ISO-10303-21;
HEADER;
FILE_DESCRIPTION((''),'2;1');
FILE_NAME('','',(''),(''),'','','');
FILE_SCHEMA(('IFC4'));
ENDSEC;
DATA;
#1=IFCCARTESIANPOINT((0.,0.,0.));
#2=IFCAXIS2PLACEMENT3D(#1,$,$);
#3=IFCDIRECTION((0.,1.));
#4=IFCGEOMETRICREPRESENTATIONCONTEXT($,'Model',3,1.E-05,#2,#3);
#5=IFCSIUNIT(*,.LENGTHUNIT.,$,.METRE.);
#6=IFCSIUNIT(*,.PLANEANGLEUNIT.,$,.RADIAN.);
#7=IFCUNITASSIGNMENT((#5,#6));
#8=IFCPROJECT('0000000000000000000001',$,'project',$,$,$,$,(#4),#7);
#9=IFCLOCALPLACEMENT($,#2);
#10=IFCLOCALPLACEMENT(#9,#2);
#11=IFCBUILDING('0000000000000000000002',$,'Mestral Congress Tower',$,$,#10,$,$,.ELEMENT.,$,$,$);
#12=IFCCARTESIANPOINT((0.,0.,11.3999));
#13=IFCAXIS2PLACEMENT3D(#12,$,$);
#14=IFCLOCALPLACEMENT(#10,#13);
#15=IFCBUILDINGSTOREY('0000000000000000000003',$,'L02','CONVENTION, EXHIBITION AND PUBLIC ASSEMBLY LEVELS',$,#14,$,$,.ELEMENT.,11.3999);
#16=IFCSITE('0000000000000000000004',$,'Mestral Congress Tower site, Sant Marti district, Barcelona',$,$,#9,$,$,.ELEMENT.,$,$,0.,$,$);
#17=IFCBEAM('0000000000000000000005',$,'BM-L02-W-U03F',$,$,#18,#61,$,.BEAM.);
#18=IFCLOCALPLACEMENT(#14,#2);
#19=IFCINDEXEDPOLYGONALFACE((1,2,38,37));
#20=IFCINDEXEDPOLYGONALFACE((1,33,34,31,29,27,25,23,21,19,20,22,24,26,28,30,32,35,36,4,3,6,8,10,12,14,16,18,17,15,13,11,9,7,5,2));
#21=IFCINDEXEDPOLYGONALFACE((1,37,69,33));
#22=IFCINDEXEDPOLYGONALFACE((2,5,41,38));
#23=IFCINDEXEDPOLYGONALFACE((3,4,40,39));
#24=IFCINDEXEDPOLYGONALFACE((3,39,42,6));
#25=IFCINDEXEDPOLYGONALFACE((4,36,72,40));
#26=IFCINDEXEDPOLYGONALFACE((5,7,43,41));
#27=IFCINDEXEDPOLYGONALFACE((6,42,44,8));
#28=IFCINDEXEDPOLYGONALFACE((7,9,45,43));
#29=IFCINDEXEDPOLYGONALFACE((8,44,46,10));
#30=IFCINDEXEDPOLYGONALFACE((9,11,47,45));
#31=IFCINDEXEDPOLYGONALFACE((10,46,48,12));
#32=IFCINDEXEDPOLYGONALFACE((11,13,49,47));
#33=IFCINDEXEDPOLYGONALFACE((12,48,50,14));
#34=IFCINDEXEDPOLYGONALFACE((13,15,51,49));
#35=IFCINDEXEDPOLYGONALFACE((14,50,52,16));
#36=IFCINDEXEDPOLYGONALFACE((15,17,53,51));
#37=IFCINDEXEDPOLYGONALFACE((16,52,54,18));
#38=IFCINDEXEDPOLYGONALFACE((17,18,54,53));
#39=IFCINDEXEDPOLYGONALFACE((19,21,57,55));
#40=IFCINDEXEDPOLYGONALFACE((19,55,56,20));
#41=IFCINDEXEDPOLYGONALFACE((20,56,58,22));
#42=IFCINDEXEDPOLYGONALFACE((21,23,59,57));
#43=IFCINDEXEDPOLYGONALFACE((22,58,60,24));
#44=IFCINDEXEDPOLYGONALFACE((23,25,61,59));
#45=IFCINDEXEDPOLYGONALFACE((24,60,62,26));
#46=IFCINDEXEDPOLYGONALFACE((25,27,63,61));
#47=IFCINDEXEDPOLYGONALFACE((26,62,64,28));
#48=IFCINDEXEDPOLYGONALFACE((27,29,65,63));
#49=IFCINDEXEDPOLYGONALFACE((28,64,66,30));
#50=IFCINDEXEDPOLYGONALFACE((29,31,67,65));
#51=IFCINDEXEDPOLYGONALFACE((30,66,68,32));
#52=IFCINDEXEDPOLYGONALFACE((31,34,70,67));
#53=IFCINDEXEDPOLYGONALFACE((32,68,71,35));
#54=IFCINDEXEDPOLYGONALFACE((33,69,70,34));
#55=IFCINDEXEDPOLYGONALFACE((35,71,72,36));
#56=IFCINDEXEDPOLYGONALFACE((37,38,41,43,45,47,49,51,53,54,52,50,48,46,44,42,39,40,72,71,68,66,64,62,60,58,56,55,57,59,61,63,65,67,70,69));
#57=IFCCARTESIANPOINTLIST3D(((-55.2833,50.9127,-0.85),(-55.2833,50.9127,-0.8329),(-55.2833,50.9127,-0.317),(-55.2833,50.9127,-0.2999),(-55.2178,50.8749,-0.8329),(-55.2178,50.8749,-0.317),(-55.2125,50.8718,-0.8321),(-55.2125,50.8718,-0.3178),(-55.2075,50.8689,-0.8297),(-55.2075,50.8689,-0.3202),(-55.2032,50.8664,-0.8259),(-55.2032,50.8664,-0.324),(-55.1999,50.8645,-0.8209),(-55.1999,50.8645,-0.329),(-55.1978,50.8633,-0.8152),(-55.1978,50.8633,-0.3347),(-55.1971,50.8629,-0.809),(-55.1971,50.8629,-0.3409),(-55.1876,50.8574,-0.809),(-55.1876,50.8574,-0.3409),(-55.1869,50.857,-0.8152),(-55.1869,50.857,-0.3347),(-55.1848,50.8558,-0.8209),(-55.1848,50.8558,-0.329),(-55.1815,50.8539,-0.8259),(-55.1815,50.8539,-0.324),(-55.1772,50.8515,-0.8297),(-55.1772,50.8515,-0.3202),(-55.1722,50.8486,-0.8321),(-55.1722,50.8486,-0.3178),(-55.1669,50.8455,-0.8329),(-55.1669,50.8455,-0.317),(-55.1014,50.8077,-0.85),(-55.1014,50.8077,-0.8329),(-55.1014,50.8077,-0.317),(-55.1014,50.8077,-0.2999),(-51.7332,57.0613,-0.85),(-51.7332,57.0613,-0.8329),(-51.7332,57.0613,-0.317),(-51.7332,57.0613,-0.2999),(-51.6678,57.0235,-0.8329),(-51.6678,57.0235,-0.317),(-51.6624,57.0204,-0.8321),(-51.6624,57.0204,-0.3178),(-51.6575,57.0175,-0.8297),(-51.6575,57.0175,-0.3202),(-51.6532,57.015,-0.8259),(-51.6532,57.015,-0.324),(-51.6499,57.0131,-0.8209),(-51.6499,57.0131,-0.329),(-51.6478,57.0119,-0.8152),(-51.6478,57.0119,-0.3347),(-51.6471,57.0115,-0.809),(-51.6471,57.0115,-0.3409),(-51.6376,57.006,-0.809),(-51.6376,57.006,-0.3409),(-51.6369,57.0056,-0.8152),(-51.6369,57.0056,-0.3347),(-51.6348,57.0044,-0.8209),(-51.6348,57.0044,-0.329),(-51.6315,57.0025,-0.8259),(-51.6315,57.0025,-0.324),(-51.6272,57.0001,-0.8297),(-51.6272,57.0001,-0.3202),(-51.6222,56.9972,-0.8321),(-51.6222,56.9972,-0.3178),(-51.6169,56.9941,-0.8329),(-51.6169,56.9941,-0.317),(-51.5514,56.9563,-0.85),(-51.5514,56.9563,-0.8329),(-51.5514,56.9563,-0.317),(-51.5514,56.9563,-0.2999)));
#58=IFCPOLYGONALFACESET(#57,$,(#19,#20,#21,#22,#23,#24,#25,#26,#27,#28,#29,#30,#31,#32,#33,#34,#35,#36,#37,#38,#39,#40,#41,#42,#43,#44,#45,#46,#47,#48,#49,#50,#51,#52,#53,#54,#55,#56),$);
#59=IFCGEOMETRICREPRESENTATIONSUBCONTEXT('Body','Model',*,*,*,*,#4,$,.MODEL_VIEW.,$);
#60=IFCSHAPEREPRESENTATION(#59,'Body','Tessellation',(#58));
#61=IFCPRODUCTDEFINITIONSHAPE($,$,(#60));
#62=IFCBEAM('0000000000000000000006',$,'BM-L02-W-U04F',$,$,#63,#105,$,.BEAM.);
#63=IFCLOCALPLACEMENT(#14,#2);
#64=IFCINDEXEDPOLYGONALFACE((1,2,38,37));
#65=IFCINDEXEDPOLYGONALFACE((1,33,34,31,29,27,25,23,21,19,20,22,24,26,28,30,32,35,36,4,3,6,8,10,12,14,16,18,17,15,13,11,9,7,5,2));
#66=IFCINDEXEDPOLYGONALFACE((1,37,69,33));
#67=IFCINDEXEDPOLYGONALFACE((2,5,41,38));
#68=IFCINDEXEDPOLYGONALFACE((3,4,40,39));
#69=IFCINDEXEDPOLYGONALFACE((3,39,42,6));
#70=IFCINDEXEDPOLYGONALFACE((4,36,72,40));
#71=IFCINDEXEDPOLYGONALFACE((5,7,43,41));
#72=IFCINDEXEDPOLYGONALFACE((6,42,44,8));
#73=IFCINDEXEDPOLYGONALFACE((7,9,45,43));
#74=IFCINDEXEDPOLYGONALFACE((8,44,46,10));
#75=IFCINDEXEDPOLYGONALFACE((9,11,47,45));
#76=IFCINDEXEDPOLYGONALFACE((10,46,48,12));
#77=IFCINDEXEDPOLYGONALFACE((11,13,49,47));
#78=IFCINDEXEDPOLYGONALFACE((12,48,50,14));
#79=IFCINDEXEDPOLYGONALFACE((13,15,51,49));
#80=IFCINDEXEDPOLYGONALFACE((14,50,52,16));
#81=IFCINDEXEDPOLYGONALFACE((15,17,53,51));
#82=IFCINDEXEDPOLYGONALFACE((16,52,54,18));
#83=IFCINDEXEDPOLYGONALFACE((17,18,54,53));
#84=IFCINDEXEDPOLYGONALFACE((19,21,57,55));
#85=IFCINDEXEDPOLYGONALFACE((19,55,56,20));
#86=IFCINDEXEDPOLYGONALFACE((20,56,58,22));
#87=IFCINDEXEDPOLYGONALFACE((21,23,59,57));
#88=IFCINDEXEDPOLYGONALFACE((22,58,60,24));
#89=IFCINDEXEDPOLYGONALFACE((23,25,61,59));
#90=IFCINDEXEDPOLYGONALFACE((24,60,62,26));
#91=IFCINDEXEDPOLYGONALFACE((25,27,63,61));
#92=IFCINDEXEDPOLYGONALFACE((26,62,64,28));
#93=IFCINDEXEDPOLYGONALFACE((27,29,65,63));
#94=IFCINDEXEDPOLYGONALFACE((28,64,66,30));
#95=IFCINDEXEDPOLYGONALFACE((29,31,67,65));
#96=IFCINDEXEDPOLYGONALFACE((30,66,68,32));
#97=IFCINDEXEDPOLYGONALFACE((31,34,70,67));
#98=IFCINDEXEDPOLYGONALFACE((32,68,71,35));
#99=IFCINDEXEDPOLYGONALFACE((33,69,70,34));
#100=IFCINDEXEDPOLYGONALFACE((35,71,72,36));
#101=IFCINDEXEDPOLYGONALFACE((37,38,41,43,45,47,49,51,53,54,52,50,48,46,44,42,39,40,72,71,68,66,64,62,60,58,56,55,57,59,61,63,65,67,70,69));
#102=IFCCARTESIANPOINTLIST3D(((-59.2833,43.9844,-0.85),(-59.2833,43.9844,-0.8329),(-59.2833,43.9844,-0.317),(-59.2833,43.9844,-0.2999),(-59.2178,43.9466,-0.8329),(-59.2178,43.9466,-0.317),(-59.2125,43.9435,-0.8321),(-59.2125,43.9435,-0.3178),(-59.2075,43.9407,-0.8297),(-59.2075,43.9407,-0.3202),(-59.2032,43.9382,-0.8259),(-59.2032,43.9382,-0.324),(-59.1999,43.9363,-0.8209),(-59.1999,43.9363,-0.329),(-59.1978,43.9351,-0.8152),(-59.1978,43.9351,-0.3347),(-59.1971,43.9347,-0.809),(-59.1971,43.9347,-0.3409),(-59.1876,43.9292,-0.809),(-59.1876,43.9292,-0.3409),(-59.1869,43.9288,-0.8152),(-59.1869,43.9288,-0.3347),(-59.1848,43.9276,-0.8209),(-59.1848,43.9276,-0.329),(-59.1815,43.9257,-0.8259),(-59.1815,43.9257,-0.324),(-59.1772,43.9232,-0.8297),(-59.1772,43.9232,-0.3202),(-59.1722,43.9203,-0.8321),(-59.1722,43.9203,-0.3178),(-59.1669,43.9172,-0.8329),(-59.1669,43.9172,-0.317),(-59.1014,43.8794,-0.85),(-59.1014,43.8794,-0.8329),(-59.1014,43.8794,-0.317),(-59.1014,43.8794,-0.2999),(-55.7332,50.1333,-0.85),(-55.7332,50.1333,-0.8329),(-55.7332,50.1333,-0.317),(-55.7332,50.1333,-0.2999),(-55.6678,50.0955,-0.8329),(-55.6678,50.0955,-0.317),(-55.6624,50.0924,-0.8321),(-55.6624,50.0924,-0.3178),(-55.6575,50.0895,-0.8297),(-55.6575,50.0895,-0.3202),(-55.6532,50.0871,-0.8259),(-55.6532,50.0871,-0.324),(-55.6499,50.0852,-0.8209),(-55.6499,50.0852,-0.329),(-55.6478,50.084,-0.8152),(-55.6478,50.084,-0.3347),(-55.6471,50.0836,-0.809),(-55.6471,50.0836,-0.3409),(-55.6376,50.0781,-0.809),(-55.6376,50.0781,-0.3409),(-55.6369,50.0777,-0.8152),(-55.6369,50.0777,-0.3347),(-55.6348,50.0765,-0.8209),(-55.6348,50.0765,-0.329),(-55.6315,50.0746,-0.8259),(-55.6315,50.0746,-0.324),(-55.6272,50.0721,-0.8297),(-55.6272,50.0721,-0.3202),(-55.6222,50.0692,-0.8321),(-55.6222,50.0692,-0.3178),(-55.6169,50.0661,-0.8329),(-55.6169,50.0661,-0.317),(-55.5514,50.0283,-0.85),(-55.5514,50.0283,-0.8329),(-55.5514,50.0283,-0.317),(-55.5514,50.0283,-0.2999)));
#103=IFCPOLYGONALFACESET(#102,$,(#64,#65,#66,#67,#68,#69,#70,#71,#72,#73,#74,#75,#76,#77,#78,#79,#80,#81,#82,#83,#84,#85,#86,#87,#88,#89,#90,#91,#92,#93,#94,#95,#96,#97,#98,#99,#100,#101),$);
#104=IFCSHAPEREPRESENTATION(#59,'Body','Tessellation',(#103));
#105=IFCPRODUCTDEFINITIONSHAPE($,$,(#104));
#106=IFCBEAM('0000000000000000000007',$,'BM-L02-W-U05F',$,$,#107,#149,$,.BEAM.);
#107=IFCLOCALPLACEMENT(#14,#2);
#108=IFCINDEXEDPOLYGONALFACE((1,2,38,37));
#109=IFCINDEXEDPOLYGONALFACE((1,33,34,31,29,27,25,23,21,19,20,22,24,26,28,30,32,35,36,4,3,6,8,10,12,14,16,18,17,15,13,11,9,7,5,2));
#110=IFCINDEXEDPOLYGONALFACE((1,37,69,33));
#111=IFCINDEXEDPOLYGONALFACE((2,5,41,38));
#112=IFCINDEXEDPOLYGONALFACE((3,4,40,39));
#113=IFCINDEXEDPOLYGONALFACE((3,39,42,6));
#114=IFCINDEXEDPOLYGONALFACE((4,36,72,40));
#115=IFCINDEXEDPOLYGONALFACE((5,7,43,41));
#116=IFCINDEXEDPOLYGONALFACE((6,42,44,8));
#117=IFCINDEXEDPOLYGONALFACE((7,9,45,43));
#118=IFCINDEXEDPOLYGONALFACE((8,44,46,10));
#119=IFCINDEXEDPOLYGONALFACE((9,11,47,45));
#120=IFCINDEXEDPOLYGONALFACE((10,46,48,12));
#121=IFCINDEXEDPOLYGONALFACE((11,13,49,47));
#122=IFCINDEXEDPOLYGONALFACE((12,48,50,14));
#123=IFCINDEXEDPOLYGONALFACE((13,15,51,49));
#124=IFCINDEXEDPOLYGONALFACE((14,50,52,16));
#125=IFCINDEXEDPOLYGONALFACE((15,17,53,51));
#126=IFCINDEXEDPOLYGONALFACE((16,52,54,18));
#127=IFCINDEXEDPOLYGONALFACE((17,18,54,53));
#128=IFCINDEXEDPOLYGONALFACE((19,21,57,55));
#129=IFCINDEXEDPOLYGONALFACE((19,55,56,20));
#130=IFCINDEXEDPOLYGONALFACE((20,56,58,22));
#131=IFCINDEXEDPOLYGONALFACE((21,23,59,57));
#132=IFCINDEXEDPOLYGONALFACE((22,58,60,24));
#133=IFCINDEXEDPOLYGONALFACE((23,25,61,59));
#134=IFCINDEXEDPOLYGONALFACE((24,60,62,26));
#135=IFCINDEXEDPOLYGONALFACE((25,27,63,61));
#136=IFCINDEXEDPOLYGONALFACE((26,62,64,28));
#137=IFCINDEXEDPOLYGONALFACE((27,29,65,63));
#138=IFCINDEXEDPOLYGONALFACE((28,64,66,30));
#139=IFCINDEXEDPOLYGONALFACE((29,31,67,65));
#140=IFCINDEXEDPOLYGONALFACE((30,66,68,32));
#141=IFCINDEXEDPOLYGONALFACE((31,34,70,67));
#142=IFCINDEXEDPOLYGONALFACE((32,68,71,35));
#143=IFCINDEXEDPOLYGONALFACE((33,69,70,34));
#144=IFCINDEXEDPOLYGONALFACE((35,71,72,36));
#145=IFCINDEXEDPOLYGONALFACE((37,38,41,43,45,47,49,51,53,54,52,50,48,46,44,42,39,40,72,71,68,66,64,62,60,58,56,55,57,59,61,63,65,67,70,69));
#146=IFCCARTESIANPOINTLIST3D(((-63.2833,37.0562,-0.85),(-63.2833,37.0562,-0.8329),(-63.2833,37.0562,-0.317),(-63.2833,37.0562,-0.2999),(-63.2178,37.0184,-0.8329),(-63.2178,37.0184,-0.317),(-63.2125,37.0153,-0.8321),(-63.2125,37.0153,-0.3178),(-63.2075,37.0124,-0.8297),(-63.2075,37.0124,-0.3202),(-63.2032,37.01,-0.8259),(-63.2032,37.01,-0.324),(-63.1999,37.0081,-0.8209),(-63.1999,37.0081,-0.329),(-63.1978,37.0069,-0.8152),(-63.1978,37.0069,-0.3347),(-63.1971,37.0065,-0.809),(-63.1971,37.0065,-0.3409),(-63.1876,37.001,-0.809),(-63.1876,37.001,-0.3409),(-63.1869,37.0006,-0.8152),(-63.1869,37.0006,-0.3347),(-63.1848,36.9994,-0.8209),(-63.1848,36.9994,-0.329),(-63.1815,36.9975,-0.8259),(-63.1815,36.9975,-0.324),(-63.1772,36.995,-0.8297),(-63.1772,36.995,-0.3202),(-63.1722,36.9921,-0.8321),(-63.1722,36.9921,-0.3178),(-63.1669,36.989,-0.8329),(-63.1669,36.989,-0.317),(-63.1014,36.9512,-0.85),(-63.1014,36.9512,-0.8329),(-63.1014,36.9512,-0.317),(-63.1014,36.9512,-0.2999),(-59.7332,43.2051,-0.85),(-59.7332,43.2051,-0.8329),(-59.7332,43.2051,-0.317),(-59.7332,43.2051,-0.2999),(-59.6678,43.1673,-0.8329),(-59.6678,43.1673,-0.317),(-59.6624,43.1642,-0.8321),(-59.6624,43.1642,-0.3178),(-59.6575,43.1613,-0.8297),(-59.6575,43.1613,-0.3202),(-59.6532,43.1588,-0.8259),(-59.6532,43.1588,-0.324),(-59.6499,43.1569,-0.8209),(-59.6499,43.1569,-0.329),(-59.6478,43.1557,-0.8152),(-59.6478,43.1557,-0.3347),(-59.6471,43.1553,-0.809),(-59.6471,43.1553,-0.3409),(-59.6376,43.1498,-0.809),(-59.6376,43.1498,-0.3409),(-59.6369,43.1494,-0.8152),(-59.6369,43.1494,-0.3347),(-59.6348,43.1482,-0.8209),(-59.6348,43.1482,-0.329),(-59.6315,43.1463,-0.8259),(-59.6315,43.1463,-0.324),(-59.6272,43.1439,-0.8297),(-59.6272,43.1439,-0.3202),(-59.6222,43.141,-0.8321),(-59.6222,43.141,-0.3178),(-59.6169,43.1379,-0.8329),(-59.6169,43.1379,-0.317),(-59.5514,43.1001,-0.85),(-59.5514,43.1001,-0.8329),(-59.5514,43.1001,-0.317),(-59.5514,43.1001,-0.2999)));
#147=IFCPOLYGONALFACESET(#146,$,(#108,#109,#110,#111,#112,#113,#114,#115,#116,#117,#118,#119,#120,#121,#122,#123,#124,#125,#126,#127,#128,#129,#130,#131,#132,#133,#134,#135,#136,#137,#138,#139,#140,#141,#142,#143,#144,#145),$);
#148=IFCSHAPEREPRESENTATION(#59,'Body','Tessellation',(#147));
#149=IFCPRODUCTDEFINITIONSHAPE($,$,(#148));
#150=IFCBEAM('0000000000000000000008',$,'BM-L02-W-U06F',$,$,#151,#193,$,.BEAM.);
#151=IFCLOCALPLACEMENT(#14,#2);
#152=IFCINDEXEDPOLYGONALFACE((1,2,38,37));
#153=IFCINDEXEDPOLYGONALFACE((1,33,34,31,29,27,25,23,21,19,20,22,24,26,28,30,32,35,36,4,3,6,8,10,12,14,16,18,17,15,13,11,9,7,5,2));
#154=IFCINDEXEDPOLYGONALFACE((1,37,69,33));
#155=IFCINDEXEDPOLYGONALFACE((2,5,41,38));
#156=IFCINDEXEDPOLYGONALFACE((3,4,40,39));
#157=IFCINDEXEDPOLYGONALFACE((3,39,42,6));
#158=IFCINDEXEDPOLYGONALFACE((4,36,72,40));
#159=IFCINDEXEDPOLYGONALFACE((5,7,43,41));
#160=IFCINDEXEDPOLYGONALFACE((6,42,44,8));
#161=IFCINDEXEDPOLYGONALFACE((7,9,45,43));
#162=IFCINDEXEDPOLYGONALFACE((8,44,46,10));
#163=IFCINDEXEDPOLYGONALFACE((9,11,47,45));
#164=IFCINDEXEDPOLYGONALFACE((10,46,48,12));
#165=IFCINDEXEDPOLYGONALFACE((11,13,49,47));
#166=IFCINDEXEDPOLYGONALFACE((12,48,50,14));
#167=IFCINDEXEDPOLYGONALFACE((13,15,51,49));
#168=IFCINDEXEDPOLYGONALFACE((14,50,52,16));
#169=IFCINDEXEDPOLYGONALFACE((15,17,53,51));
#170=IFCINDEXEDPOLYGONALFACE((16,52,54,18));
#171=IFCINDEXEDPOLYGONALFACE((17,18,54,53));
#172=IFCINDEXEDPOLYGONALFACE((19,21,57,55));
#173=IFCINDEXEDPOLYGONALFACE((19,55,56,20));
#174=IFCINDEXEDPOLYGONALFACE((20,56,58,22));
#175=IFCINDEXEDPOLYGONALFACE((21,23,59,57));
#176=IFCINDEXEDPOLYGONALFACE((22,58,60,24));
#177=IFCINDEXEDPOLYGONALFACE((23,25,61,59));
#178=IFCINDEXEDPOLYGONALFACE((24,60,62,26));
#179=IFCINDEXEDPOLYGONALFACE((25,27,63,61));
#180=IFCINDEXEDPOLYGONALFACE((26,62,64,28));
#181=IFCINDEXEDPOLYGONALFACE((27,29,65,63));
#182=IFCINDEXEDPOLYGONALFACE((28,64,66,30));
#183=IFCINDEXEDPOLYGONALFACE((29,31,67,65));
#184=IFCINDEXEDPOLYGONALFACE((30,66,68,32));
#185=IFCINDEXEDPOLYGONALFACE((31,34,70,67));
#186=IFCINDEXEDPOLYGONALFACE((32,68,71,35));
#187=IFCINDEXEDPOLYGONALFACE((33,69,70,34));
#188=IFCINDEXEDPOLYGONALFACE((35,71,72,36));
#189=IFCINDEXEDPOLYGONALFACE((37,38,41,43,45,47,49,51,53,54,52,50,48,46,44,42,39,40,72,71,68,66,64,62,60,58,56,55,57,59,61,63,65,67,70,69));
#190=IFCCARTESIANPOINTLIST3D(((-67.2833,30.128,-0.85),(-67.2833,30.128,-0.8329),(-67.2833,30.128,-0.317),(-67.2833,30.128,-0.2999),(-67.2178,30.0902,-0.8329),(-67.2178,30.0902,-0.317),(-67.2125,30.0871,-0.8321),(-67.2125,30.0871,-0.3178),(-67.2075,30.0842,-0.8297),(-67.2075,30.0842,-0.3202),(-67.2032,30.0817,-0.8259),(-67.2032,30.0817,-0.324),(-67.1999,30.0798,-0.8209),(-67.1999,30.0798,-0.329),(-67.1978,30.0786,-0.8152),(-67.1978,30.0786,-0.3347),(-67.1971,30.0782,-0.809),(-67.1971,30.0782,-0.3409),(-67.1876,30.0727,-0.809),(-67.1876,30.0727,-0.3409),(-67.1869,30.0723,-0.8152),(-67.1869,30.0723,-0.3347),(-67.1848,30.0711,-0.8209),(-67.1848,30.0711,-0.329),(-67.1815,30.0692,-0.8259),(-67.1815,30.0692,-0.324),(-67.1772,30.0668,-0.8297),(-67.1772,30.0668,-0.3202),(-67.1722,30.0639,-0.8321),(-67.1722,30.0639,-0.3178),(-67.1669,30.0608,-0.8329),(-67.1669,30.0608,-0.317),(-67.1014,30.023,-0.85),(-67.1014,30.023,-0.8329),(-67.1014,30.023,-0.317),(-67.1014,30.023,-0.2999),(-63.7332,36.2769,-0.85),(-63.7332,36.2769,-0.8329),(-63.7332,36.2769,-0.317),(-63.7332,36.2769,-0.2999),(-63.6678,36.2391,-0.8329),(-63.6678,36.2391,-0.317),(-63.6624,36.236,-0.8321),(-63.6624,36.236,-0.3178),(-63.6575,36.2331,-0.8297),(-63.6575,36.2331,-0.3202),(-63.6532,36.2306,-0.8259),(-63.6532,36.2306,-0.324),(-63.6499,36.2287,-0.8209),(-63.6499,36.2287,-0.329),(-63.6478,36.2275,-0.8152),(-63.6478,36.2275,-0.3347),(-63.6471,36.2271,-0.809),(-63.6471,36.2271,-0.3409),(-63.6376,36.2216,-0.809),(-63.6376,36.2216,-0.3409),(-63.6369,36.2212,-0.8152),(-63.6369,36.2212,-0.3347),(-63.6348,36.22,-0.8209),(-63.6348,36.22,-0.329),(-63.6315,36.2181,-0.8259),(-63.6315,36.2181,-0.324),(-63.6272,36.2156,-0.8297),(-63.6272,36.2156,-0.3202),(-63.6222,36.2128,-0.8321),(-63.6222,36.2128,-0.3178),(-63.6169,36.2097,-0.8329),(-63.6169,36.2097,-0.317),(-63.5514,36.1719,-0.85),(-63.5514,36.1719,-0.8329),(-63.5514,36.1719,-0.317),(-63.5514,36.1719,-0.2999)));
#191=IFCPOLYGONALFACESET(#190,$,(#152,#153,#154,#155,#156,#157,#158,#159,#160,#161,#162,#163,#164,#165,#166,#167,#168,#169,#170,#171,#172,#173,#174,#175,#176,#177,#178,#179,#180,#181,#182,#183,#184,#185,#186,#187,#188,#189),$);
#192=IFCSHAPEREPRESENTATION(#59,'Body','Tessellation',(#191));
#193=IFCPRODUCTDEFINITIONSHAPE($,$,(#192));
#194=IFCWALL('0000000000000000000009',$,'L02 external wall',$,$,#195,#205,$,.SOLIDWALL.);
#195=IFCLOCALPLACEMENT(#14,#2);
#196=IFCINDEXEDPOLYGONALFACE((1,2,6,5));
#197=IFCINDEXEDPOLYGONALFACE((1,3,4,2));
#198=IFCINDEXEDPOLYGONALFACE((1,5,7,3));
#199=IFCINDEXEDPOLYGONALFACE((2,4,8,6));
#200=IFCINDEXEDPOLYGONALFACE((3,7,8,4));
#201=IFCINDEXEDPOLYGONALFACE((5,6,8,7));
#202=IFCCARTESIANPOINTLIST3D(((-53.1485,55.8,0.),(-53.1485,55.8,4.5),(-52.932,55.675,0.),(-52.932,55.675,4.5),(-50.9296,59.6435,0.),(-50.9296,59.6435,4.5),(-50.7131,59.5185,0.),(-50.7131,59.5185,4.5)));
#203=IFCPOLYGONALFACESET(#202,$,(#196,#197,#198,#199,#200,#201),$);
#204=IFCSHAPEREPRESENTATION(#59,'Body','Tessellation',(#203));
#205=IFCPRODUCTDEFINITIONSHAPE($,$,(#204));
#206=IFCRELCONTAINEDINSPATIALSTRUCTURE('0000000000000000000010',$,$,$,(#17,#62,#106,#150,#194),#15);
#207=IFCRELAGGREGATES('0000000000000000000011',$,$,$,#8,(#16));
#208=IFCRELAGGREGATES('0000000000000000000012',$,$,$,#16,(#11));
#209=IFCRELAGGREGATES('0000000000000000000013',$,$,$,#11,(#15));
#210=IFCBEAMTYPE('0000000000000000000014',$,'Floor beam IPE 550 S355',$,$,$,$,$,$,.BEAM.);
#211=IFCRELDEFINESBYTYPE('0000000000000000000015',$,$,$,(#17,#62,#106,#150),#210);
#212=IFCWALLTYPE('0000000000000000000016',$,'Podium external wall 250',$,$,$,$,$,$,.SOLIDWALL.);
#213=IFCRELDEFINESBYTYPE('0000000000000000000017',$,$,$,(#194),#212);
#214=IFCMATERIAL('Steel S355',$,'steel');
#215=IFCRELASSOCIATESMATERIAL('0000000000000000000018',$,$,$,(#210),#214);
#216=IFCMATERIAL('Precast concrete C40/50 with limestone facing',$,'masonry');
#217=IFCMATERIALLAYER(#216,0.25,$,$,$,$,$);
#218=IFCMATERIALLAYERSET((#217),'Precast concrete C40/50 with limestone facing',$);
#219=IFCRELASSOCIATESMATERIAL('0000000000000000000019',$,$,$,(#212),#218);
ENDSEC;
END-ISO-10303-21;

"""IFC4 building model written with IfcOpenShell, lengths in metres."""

from ifc_helpers import new_model, si_unit, direction, frame, frame_2d, origin, origin_2d, place, context, subcontext, project, spatial, rectangle, i_section, extrude, material, layer, layer_set, material_profile, profile_set, type_object, element, save


model = new_model("IFC4")

# Units and contexts
model_context = context("Model", 3, precision=1e-05, world=origin(), true_north=direction((0.0, 1.0)))
body_context = subcontext(model_context, "Body", "Model", "MODEL_VIEW")
ifc_project = project(units=[si_unit("LENGTHUNIT", "METRE"), si_unit("PLANEANGLEUNIT", "RADIAN")], contexts=[model_context])

# Site, building, storey
site_placement = place(None, origin())
site = spatial("IfcSite", under=ifc_project, at=site_placement, Name="Mestral Congress Tower site, Sant Marti district, Barcelona", CompositionType="ELEMENT", RefElevation=0.0)
building_placement = place(site_placement, origin())
building = spatial("IfcBuilding", under=site, at=building_placement, Name="Mestral Congress Tower", CompositionType="ELEMENT")
storey_placement = place(building_placement, frame((0.0, 0.0, 11.3999)))
storey = spatial("IfcBuildingStorey", under=building, at=storey_placement, Name="L02", Description="CONVENTION, EXHIBITION AND PUBLIC ASSEMBLY LEVELS", CompositionType="ELEMENT", Elevation=11.3999)

# Beams
ifc_material_1 = material(Name="Steel S355", Category="steel")
ifc_material_profile_1 = material_profile(ifc_material_1, i_section(OverallWidth=0.21, OverallDepth=0.55, WebThickness=0.011, FlangeThickness=0.0171, FilletRadius=0.0239, at=origin_2d()), Name="IPE 550")
ifc_profile_set_1 = profile_set([ifc_material_profile_1], Name="Steel S355")
beam_type_1 = type_object("IfcBeamType", Name="Floor beam IPE 550 S355", PredefinedType="BEAM", material=ifc_profile_set_1)
beam_placement = place(storey_placement, frame((-51.6423, 57.0088, -0.575), z_axis=(-0.500011, -0.866019, 0.0), x_axis=(0.866019, -0.500011, 0.0)))
element("IfcBeam", 1, at=beam_placement, inside=storey, type_object=beam_type_1, Name="BM-L02-W-U03F", PredefinedType="BEAM", context=body_context, shape_type="SweptSolid", body=[
    extrude(i_section(OverallWidth=0.21, OverallDepth=0.55, WebThickness=0.011, FlangeThickness=0.0171, FilletRadius=0.0239, at=origin_2d()), origin(), (0.0, 0.0, 1.0), 7.0999),
])
for number, where, z_axis, x_axis, name in (
    (2, (-55.6423, 50.0808, -0.575), (-0.499996, -0.866028, 0.0), (0.866028, -0.499996, 0.0), "BM-L02-W-U04F"),
    (3, (-59.6423, 43.1526, -0.575), (-0.499996, -0.866028, 0.0), (0.866028, -0.499996, 0.0), "BM-L02-W-U05F"),
    (4, (-63.6423, 36.2244, -0.575), (-0.499996, -0.866028, 0.0), (0.866028, -0.499996, 0.0), "BM-L02-W-U06F"),
):
    element("IfcBeam", number, at=place(storey_placement, frame(where, z_axis=z_axis, x_axis=x_axis)), inside=storey, type_object=beam_type_1, Name=name, PredefinedType="BEAM", context=body_context, shape_type="SweptSolid", body=[
        extrude(i_section(OverallWidth=0.21, OverallDepth=0.55, WebThickness=0.011, FlangeThickness=0.0171, FilletRadius=0.0239, at=origin_2d()), origin(), (0.0, 0.0, 1.0), 7.1001),
    ])

# Wall
ifc_material_2 = material(Name="Precast concrete C40/50 with limestone facing", Category="masonry")
ifc_layer_1 = layer(ifc_material_2, 0.25)
ifc_layer_set_1 = layer_set([ifc_layer_1], Name="Precast concrete C40/50 with limestone facing")
wall_type_1 = type_object("IfcWallType", Name="Podium external wall 250", PredefinedType="SOLIDWALL", material=ifc_layer_set_1)
wall_1_placement = place(storey_placement, frame((-53.0403, 55.7375, 0.0), z_axis=(0.0, 0.0, 1.0), x_axis=(0.499991, 0.866031, 0.0)))
element("IfcWall", 5, at=wall_1_placement, inside=storey, type_object=wall_type_1, Name="L02 external wall", PredefinedType="SOLIDWALL", context=body_context, shape_type="SweptSolid", body=[
    extrude(rectangle(XDim=4.438, YDim=0.25, at=frame_2d((2.219, 0.0))), origin(), (0.0, 0.0, 1.0), 4.5),
])

save(model, "model.ifc")
